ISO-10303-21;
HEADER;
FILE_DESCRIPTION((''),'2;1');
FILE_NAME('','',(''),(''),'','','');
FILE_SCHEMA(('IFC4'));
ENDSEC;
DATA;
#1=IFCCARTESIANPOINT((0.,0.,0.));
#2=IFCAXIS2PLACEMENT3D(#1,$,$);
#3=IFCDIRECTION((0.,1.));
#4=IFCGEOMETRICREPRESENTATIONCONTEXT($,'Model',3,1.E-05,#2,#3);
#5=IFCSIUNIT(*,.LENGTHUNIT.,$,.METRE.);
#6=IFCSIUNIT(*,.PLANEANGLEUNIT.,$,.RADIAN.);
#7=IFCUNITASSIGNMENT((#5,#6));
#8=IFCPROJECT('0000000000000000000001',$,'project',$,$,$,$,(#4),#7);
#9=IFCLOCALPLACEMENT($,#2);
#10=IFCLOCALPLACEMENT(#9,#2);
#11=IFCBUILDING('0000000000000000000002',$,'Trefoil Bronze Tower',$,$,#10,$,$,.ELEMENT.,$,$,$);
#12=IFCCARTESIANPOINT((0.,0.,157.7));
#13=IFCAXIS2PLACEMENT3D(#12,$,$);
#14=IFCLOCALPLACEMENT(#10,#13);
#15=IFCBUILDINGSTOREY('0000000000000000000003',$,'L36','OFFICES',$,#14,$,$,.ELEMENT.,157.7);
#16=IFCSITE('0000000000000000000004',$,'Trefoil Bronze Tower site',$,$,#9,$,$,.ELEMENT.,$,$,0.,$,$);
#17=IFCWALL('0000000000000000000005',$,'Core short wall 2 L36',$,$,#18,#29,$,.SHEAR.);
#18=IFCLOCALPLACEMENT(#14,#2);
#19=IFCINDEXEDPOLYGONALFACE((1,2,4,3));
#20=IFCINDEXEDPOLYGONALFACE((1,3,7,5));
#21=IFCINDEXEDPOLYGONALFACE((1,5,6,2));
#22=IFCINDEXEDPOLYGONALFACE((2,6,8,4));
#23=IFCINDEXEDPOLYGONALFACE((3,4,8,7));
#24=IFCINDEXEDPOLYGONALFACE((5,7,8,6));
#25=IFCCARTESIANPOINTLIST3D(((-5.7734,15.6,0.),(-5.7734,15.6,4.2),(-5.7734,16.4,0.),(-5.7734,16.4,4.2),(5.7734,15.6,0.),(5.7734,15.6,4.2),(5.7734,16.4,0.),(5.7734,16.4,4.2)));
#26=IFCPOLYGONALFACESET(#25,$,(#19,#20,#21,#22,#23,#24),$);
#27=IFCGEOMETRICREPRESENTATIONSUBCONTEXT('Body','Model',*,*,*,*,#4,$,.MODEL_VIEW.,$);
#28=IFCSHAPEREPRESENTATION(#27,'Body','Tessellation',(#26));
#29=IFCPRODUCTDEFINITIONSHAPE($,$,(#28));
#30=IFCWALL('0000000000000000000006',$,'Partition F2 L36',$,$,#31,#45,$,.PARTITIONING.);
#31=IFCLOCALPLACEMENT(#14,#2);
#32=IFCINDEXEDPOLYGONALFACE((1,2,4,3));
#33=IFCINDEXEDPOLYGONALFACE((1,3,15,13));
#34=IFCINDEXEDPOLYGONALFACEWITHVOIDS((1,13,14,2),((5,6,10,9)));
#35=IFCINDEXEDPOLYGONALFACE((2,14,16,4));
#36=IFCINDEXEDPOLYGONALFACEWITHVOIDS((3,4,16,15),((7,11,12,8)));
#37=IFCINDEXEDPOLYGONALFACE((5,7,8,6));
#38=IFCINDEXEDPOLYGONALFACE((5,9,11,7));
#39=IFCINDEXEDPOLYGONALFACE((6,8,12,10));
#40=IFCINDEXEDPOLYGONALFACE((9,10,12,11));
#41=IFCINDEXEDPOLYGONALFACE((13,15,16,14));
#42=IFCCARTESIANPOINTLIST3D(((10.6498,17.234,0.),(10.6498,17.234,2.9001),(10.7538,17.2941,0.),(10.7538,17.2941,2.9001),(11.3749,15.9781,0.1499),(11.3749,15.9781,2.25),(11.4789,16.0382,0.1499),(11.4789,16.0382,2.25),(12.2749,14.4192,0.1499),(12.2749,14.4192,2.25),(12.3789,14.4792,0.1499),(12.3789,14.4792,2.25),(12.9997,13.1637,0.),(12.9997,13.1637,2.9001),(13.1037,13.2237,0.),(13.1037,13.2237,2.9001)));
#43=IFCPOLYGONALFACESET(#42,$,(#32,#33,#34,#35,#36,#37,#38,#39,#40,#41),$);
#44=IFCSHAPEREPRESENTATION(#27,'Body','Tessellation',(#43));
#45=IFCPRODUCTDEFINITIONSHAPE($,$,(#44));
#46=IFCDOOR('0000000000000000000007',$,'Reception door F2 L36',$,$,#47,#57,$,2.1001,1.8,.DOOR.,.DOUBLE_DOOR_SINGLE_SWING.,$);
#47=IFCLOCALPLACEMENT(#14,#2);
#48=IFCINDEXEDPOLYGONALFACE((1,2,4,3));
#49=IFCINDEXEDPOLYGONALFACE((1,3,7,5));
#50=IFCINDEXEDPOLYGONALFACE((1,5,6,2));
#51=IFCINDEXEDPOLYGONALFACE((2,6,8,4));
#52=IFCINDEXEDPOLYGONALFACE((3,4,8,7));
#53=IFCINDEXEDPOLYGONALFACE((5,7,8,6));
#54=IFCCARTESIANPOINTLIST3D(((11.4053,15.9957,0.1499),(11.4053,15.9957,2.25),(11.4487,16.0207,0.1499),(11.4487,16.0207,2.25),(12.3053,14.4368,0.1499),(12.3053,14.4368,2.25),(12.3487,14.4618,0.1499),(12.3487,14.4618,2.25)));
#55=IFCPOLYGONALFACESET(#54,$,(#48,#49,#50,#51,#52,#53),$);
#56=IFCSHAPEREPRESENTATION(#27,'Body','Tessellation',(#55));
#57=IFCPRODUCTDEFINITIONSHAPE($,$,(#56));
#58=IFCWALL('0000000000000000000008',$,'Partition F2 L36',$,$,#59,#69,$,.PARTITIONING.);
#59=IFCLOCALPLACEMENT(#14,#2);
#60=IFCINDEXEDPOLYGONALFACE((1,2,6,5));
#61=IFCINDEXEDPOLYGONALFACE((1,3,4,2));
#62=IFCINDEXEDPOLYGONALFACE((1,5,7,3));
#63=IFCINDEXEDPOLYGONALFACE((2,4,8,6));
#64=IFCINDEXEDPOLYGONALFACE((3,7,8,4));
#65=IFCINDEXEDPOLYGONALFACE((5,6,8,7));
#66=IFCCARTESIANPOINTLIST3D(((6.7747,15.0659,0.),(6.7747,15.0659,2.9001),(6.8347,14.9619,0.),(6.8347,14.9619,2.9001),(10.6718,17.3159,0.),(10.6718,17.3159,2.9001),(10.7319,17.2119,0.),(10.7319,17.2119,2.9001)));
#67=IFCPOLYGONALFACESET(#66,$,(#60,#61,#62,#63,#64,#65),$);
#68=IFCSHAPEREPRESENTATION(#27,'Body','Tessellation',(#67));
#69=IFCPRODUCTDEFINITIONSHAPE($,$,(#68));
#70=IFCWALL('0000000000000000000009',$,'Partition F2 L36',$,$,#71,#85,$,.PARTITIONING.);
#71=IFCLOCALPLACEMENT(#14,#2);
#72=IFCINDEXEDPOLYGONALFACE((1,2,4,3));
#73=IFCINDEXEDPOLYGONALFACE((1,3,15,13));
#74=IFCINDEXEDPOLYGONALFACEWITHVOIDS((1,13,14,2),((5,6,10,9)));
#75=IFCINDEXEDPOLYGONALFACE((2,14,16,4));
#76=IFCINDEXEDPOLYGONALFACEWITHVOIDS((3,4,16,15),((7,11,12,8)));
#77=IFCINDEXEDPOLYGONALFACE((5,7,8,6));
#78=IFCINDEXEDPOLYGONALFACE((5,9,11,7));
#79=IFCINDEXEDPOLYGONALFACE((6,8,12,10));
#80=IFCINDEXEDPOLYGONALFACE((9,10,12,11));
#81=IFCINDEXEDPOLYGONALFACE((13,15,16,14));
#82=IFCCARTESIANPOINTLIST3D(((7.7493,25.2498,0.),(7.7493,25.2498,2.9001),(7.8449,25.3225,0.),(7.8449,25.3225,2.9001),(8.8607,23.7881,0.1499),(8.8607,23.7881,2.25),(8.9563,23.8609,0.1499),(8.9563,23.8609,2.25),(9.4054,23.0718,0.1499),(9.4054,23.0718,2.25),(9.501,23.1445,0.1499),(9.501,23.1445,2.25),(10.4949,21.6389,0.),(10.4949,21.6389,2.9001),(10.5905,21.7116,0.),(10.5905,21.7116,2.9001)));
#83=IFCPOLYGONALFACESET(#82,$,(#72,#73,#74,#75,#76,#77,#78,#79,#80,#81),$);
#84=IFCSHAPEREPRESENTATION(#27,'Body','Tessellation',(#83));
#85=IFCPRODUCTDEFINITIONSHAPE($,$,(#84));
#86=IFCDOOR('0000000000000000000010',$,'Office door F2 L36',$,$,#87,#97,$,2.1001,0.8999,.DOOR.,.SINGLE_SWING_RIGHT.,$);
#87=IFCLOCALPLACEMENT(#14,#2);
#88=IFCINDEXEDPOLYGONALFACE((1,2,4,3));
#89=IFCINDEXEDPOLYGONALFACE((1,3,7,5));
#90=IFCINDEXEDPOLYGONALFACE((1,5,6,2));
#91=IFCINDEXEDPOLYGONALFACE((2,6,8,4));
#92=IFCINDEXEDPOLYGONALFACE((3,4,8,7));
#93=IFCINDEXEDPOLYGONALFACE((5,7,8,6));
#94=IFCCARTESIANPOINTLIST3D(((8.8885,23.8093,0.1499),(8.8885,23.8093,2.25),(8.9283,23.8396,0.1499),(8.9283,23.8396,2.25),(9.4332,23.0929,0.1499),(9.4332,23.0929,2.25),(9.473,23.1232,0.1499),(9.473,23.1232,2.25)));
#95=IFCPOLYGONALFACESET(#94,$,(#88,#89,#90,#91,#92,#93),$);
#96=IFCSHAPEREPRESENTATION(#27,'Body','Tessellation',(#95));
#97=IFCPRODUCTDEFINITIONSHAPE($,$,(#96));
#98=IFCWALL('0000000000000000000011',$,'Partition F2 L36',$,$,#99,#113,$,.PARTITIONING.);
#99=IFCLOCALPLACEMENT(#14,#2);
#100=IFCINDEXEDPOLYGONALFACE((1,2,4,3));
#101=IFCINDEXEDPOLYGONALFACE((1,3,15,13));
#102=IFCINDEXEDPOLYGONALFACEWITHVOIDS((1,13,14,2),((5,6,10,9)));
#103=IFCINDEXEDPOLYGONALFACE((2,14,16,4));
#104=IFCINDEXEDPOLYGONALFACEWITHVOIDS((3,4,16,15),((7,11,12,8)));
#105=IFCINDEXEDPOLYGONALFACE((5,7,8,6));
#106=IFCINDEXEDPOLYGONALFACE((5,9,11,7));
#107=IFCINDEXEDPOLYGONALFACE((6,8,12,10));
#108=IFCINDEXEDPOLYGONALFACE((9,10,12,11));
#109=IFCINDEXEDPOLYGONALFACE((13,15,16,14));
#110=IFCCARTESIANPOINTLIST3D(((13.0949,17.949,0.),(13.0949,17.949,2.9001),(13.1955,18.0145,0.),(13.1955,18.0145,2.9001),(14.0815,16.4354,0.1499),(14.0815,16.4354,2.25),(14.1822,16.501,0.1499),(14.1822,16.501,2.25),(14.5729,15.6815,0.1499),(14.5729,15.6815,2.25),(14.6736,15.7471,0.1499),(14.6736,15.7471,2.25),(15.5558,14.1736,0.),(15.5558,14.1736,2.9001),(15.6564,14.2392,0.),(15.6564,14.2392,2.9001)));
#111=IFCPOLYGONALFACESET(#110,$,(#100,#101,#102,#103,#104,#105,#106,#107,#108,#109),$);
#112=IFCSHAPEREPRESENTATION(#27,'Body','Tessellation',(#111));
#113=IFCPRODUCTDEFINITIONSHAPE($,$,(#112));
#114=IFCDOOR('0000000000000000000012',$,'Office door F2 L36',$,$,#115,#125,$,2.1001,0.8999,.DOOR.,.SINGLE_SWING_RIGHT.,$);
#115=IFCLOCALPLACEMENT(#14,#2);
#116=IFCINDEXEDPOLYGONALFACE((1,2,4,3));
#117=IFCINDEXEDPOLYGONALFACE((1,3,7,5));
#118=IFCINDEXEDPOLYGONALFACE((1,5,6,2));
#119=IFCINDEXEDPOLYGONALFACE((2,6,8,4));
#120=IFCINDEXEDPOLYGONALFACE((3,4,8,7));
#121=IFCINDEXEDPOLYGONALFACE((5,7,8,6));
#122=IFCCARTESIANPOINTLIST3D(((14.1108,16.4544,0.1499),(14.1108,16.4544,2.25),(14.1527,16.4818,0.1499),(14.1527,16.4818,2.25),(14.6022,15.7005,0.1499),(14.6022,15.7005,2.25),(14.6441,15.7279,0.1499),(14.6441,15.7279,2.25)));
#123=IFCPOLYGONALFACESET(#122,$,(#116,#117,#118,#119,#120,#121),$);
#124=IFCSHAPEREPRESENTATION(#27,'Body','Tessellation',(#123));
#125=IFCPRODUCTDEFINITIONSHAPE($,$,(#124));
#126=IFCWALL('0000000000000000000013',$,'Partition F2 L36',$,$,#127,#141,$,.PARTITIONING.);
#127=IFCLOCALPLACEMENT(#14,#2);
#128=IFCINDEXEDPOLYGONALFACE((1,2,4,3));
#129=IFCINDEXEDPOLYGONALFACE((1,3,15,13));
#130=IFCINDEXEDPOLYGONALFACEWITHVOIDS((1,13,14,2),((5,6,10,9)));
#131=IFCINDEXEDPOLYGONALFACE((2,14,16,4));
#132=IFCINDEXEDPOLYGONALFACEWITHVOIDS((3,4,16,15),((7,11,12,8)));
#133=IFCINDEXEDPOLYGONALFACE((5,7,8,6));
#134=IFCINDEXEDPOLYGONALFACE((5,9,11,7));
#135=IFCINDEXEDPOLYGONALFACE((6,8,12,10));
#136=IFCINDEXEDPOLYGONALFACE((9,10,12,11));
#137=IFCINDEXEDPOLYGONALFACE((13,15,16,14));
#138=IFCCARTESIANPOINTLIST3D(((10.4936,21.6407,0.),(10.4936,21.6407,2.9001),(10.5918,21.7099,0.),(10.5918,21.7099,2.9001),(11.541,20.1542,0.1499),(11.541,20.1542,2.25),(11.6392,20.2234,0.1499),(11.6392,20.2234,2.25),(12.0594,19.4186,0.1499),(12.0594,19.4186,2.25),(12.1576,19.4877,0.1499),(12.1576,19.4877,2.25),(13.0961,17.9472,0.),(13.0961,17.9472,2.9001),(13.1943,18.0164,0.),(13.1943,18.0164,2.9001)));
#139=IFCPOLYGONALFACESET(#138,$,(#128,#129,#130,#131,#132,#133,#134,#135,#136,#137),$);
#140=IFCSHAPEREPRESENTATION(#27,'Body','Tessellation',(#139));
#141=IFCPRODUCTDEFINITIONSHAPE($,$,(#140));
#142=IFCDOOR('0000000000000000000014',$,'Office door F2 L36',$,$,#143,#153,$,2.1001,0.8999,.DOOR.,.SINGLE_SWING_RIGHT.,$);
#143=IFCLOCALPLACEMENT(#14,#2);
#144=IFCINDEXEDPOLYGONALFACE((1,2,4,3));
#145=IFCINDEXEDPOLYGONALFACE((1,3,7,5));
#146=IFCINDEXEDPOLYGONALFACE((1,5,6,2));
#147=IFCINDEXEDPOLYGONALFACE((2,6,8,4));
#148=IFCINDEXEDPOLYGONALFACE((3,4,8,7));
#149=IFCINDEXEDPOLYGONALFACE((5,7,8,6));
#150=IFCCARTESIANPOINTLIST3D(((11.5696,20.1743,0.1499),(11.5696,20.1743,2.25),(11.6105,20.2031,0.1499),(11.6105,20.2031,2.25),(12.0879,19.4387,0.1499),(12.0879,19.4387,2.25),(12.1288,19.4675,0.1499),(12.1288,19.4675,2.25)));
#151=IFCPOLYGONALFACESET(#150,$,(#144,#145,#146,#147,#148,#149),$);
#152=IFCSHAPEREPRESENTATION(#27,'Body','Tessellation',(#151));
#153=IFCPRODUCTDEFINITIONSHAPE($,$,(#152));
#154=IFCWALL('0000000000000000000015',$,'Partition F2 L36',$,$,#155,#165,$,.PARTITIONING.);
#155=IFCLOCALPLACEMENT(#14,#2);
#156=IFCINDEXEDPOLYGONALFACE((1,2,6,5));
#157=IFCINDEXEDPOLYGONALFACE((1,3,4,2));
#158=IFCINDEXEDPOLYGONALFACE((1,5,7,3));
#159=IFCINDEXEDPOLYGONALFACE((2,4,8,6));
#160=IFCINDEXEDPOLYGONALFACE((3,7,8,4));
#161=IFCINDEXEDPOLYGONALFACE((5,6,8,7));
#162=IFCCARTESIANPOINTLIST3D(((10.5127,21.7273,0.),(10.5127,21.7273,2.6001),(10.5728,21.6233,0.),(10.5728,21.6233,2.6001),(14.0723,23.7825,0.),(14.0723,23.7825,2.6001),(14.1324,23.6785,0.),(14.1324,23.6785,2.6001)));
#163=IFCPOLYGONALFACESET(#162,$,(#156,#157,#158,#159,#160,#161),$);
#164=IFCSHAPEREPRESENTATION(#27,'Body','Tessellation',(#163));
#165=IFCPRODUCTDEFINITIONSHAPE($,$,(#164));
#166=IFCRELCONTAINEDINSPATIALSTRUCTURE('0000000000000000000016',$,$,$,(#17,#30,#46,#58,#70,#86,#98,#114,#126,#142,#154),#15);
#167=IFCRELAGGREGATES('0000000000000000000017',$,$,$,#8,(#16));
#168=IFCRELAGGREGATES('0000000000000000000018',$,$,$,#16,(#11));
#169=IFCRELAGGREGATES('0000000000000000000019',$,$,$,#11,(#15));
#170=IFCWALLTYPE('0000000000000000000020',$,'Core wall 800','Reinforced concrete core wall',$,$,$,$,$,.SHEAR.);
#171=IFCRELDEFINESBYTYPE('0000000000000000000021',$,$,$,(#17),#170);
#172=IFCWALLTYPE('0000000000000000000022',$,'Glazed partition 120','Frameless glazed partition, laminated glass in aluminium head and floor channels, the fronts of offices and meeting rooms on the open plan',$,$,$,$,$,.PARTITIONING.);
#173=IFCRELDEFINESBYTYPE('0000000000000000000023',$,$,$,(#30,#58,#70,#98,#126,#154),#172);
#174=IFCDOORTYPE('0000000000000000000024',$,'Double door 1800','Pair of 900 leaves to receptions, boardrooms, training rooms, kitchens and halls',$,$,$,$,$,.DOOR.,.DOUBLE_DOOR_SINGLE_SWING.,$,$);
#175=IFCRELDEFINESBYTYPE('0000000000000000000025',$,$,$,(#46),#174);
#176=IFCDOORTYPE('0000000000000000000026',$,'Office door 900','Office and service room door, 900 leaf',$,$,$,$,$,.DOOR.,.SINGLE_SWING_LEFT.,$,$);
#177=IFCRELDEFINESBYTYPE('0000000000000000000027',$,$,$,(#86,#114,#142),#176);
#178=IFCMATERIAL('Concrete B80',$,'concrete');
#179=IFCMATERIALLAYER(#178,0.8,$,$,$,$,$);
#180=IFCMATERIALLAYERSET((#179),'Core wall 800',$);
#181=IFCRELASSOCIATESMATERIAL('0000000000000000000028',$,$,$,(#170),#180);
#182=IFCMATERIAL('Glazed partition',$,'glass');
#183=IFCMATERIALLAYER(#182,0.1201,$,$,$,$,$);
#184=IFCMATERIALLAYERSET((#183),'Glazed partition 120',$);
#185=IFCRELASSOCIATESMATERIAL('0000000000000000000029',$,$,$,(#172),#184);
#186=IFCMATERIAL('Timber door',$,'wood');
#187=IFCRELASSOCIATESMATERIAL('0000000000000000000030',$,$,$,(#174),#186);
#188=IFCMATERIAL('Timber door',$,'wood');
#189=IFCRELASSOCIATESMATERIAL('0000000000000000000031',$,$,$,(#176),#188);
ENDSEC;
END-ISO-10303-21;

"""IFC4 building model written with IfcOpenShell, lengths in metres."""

from ifc_helpers import new_model, si_unit, direction, frame, frame_2d, origin, place, context, subcontext, project, spatial, rectangle, extrude, material, layer, layer_set, type_object, element, fill, save


model = new_model("IFC4")

# Units and contexts
model_context = context("Model", 3, precision=1e-05, world=origin(), true_north=direction((0.0, 1.0)))
body_context = subcontext(model_context, "Body", "Model", "MODEL_VIEW")
ifc_project = project(units=[si_unit("LENGTHUNIT", "METRE"), si_unit("PLANEANGLEUNIT", "RADIAN")], contexts=[model_context])

# Site, building, storey
site_placement = place(None, origin())
site = spatial("IfcSite", under=ifc_project, at=site_placement, Name="Trefoil Bronze Tower site", CompositionType="ELEMENT", RefElevation=0.0)
building_placement = place(site_placement, origin())
building = spatial("IfcBuilding", under=site, at=building_placement, Name="Trefoil Bronze Tower", CompositionType="ELEMENT")
storey_placement = place(building_placement, frame((0.0, 0.0, 157.7)))
storey = spatial("IfcBuildingStorey", under=building, at=storey_placement, Name="L36", Description="OFFICES", CompositionType="ELEMENT", Elevation=157.7)

# Wall
ifc_material_1 = material(Name="Concrete B80", Category="concrete")
ifc_layer_1 = layer(ifc_material_1, 0.8)
ifc_layer_set_1 = layer_set([ifc_layer_1], Name="Core wall 800")
wall_type_1 = type_object("IfcWallType", Name="Core wall 800", Description="Reinforced concrete core wall", PredefinedType="SHEAR", material=ifc_layer_set_1)
wall_1_placement = place(storey_placement, frame((5.7734, 16.0, 0.0), z_axis=(0.0, 0.0, 1.0), x_axis=(-1.0, 0.0, 0.0)))
element("IfcWall", 1, at=wall_1_placement, inside=storey, type_object=wall_type_1, Name="Core short wall 2 L36", PredefinedType="SHEAR", context=body_context, shape_type="SweptSolid", body=[
    extrude(rectangle(XDim=11.5469, YDim=0.8, at=frame_2d((5.7734, 0.0))), origin(), (0.0, 0.0, 1.0), 4.2),
])

# Wall, opening, door
ifc_material_2 = material(Name="Glazed partition", Category="glass")
ifc_layer_2 = layer(ifc_material_2, 0.1201)
ifc_layer_set_2 = layer_set([ifc_layer_2], Name="Glazed partition 120")
wall_type_2 = type_object("IfcWallType", Name="Glazed partition 120", Description="Frameless glazed partition, laminated glass in aluminium head and floor channels, the fronts of offices and meeting rooms on the open plan", PredefinedType="PARTITIONING", material=ifc_layer_set_2)
wall_2_placement = place(storey_placement, frame((13.0518, 13.1936, 0.0), z_axis=(0.0, 0.0, 1.0), x_axis=(-0.499977, 0.866039, 0.0)))
wall_2 = element("IfcWall", 2, at=wall_2_placement, inside=storey, type_object=wall_type_2, Name="Partition F2 L36", PredefinedType="PARTITIONING", context=body_context, shape_type="SweptSolid", body=[
    extrude(rectangle(XDim=4.7, YDim=0.1201, at=frame_2d((2.3501, 0.0))), origin(), (0.0, 0.0, 1.0), 2.9001),
])
opening_1_placement = place(wall_2_placement, frame((1.45, 0.0, 0.1499)))
opening_1 = element("IfcOpeningElement", 3, at=opening_1_placement, cuts=wall_2, PredefinedType="OPENING", context=body_context, shape_type="SweptSolid", body=[
    extrude(rectangle(XDim=1.8, YDim=2.1001, at=frame_2d((0.8999, 1.05))), frame((0.0, 0.0701, 0.0), z_axis=(0.0, -1.0, 0.0), x_axis=(1.0, 0.0, 0.0)), (0.0, 0.0, 1.0), 0.1401),
])
ifc_material_3 = material(Name="Timber door", Category="wood")
door_type_1 = type_object("IfcDoorType", Name="Double door 1800", Description="Pair of 900 leaves to receptions, boardrooms, training rooms, kitchens and halls", OperationType="DOUBLE_DOOR_SINGLE_SWING", PredefinedType="DOOR", material=ifc_material_3)
door_1_placement = place(opening_1_placement, origin())
door_1 = element("IfcDoor", 4, at=door_1_placement, inside=storey, type_object=door_type_1, Name="Reception door F2 L36", OperationType="DOUBLE_DOOR_SINGLE_SWING", OverallHeight=2.1001, OverallWidth=1.8, PredefinedType="DOOR", context=body_context, shape_type="SweptSolid", body=[
    extrude(rectangle(XDim=1.8, YDim=2.1001, at=frame_2d((0.8999, 1.05))), frame((0.0, 0.0249, 0.0), z_axis=(0.0, -1.0, 0.0), x_axis=(1.0, 0.0, 0.0)), (0.0, 0.0, 1.0), 0.05),
])
fill(opening_1, door_1)

# Wall
wall_3_placement = place(storey_placement, frame((6.8047, 15.0139, 0.0), z_axis=(0.0, 0.0, 1.0), x_axis=(0.866031, 0.49999, 0.0)))
element("IfcWall", 5, at=wall_3_placement, inside=storey, type_object=wall_type_2, Name="Partition F2 L36", PredefinedType="PARTITIONING", context=body_context, shape_type="SweptSolid", body=[
    extrude(rectangle(XDim=4.5, YDim=0.1201, at=frame_2d((2.25, 0.0))), origin(), (0.0, 0.0, 1.0), 2.9001),
])

# Walls, openings, doors
wall_4_placement = place(storey_placement, frame((10.5427, 21.6753, 0.0), z_axis=(0.0, 0.0, 1.0), x_axis=(-0.605274, 0.796017, 0.0)))
wall_4 = element("IfcWall", 6, at=wall_4_placement, inside=storey, type_object=wall_type_2, Name="Partition F2 L36", PredefinedType="PARTITIONING", context=body_context, shape_type="SweptSolid", body=[
    extrude(rectangle(XDim=4.5361, YDim=0.1201, at=frame_2d((2.2681, 0.0))), origin(), (0.0, 0.0, 1.0), 2.9001),
])
opening_2_placement = place(wall_4_placement, frame((1.8, 0.0, 0.1499)))
opening_2 = element("IfcOpeningElement", 7, at=opening_2_placement, cuts=wall_4, PredefinedType="OPENING", context=body_context, shape_type="SweptSolid", body=[
    extrude(rectangle(XDim=0.8999, YDim=2.1001, at=frame_2d((0.45, 1.05))), frame((0.0, 0.0701, 0.0), z_axis=(0.0, -1.0, 0.0), x_axis=(1.0, 0.0, 0.0)), (0.0, 0.0, 1.0), 0.1401),
])
ifc_material_4 = material(Name="Timber door", Category="wood")
door_type_2 = type_object("IfcDoorType", Name="Office door 900", Description="Office and service room door, 900 leaf", OperationType="SINGLE_SWING_LEFT", PredefinedType="DOOR", material=ifc_material_4)
door_2_placement = place(opening_2_placement, frame((0.8999, 0.0, 0.0), z_axis=(0.0, 0.0, 1.0), x_axis=(-1.0, 0.0, 0.0)))
door_2 = element("IfcDoor", 8, at=door_2_placement, inside=storey, type_object=door_type_2, Name="Office door F2 L36", OperationType="SINGLE_SWING_RIGHT", OverallHeight=2.1001, OverallWidth=0.8999, PredefinedType="DOOR", context=body_context, shape_type="SweptSolid", body=[
    extrude(rectangle(XDim=0.8999, YDim=2.1001, at=frame_2d((0.45, 1.05))), frame((0.0, 0.0249, 0.0), z_axis=(0.0, -1.0, 0.0), x_axis=(1.0, 0.0, 0.0)), (0.0, 0.0, 1.0), 0.05),
])
fill(opening_2, door_2)
wall_5_placement = place(storey_placement, frame((15.6062, 14.2063, 0.0), z_axis=(0.0, 0.0, 1.0), x_axis=(-0.546069, 0.83774, 0.0)))
wall_5 = element("IfcWall", 9, at=wall_5_placement, inside=storey, type_object=wall_type_2, Name="Partition F2 L36", PredefinedType="PARTITIONING", context=body_context, shape_type="SweptSolid", body=[
    extrude(rectangle(XDim=4.5066, YDim=0.1201, at=frame_2d((2.2534, 0.0))), origin(), (0.0, 0.0, 1.0), 2.9001),
])
opening_3_placement = place(wall_5_placement, frame((1.8, 0.0, 0.1499)))
opening_3 = element("IfcOpeningElement", 10, at=opening_3_placement, cuts=wall_5, PredefinedType="OPENING", context=body_context, shape_type="SweptSolid", body=[
    extrude(rectangle(XDim=0.8999, YDim=2.1001, at=frame_2d((0.45, 1.05))), frame((0.0, 0.0701, 0.0), z_axis=(0.0, -1.0, 0.0), x_axis=(1.0, 0.0, 0.0)), (0.0, 0.0, 1.0), 0.1401),
])
door_3_placement = place(opening_3_placement, frame((0.8999, 0.0, 0.0), z_axis=(0.0, 0.0, 1.0), x_axis=(-1.0, 0.0, 0.0)))
door_3 = element("IfcDoor", 11, at=door_3_placement, inside=storey, type_object=door_type_2, Name="Office door F2 L36", OperationType="SINGLE_SWING_RIGHT", OverallHeight=2.1001, OverallWidth=0.8999, PredefinedType="DOOR", context=body_context, shape_type="SweptSolid", body=[
    extrude(rectangle(XDim=0.8999, YDim=2.1001, at=frame_2d((0.45, 1.05))), frame((0.0, 0.0249, 0.0), z_axis=(0.0, -1.0, 0.0), x_axis=(1.0, 0.0, 0.0)), (0.0, 0.0, 1.0), 0.05),
])
fill(opening_3, door_3)
wall_6_placement = place(storey_placement, frame((13.1453, 17.9817, 0.0), z_axis=(0.0, 0.0, 1.0), x_axis=(-0.575987, 0.817459, 0.0)))
wall_6 = element("IfcWall", 12, at=wall_6_placement, inside=storey, type_object=wall_type_2, Name="Partition F2 L36", PredefinedType="PARTITIONING", context=body_context, shape_type="SweptSolid", body=[
    extrude(rectangle(XDim=4.5183, YDim=0.1201, at=frame_2d((2.2593, 0.0))), origin(), (0.0, 0.0, 1.0), 2.9001),
])
opening_4_placement = place(wall_6_placement, frame((1.8, 0.0, 0.1499)))
opening_4 = element("IfcOpeningElement", 13, at=opening_4_placement, cuts=wall_6, PredefinedType="OPENING", context=body_context, shape_type="SweptSolid", body=[
    extrude(rectangle(XDim=0.8999, YDim=2.1001, at=frame_2d((0.45, 1.05))), frame((0.0, 0.0701, 0.0), z_axis=(0.0, -1.0, 0.0), x_axis=(1.0, 0.0, 0.0)), (0.0, 0.0, 1.0), 0.1401),
])
door_4_placement = place(opening_4_placement, frame((0.8999, 0.0, 0.0), z_axis=(0.0, 0.0, 1.0), x_axis=(-1.0, 0.0, 0.0)))
door_4 = element("IfcDoor", 14, at=door_4_placement, inside=storey, type_object=door_type_2, Name="Office door F2 L36", OperationType="SINGLE_SWING_RIGHT", OverallHeight=2.1001, OverallWidth=0.8999, PredefinedType="DOOR", context=body_context, shape_type="SweptSolid", body=[
    extrude(rectangle(XDim=0.8999, YDim=2.1001, at=frame_2d((0.45, 1.05))), frame((0.0, 0.0249, 0.0), z_axis=(0.0, -1.0, 0.0), x_axis=(1.0, 0.0, 0.0)), (0.0, 0.0, 1.0), 0.05),
])
fill(opening_4, door_4)

# Wall
wall_7_placement = place(storey_placement, frame((10.5427, 21.6753, 0.0), z_axis=(0.0, 0.0, 1.0), x_axis=(0.866019, 0.50001, 0.0)))
element("IfcWall", 15, at=wall_7_placement, inside=storey, type_object=wall_type_2, Name="Partition F2 L36", PredefinedType="PARTITIONING", context=body_context, shape_type="SweptSolid", body=[
    extrude(rectangle(XDim=4.1104, YDim=0.1201, at=frame_2d((2.0552, 0.0))), origin(), (0.0, 0.0, 1.0), 2.6001),
])

save(model, "model.ifc")
